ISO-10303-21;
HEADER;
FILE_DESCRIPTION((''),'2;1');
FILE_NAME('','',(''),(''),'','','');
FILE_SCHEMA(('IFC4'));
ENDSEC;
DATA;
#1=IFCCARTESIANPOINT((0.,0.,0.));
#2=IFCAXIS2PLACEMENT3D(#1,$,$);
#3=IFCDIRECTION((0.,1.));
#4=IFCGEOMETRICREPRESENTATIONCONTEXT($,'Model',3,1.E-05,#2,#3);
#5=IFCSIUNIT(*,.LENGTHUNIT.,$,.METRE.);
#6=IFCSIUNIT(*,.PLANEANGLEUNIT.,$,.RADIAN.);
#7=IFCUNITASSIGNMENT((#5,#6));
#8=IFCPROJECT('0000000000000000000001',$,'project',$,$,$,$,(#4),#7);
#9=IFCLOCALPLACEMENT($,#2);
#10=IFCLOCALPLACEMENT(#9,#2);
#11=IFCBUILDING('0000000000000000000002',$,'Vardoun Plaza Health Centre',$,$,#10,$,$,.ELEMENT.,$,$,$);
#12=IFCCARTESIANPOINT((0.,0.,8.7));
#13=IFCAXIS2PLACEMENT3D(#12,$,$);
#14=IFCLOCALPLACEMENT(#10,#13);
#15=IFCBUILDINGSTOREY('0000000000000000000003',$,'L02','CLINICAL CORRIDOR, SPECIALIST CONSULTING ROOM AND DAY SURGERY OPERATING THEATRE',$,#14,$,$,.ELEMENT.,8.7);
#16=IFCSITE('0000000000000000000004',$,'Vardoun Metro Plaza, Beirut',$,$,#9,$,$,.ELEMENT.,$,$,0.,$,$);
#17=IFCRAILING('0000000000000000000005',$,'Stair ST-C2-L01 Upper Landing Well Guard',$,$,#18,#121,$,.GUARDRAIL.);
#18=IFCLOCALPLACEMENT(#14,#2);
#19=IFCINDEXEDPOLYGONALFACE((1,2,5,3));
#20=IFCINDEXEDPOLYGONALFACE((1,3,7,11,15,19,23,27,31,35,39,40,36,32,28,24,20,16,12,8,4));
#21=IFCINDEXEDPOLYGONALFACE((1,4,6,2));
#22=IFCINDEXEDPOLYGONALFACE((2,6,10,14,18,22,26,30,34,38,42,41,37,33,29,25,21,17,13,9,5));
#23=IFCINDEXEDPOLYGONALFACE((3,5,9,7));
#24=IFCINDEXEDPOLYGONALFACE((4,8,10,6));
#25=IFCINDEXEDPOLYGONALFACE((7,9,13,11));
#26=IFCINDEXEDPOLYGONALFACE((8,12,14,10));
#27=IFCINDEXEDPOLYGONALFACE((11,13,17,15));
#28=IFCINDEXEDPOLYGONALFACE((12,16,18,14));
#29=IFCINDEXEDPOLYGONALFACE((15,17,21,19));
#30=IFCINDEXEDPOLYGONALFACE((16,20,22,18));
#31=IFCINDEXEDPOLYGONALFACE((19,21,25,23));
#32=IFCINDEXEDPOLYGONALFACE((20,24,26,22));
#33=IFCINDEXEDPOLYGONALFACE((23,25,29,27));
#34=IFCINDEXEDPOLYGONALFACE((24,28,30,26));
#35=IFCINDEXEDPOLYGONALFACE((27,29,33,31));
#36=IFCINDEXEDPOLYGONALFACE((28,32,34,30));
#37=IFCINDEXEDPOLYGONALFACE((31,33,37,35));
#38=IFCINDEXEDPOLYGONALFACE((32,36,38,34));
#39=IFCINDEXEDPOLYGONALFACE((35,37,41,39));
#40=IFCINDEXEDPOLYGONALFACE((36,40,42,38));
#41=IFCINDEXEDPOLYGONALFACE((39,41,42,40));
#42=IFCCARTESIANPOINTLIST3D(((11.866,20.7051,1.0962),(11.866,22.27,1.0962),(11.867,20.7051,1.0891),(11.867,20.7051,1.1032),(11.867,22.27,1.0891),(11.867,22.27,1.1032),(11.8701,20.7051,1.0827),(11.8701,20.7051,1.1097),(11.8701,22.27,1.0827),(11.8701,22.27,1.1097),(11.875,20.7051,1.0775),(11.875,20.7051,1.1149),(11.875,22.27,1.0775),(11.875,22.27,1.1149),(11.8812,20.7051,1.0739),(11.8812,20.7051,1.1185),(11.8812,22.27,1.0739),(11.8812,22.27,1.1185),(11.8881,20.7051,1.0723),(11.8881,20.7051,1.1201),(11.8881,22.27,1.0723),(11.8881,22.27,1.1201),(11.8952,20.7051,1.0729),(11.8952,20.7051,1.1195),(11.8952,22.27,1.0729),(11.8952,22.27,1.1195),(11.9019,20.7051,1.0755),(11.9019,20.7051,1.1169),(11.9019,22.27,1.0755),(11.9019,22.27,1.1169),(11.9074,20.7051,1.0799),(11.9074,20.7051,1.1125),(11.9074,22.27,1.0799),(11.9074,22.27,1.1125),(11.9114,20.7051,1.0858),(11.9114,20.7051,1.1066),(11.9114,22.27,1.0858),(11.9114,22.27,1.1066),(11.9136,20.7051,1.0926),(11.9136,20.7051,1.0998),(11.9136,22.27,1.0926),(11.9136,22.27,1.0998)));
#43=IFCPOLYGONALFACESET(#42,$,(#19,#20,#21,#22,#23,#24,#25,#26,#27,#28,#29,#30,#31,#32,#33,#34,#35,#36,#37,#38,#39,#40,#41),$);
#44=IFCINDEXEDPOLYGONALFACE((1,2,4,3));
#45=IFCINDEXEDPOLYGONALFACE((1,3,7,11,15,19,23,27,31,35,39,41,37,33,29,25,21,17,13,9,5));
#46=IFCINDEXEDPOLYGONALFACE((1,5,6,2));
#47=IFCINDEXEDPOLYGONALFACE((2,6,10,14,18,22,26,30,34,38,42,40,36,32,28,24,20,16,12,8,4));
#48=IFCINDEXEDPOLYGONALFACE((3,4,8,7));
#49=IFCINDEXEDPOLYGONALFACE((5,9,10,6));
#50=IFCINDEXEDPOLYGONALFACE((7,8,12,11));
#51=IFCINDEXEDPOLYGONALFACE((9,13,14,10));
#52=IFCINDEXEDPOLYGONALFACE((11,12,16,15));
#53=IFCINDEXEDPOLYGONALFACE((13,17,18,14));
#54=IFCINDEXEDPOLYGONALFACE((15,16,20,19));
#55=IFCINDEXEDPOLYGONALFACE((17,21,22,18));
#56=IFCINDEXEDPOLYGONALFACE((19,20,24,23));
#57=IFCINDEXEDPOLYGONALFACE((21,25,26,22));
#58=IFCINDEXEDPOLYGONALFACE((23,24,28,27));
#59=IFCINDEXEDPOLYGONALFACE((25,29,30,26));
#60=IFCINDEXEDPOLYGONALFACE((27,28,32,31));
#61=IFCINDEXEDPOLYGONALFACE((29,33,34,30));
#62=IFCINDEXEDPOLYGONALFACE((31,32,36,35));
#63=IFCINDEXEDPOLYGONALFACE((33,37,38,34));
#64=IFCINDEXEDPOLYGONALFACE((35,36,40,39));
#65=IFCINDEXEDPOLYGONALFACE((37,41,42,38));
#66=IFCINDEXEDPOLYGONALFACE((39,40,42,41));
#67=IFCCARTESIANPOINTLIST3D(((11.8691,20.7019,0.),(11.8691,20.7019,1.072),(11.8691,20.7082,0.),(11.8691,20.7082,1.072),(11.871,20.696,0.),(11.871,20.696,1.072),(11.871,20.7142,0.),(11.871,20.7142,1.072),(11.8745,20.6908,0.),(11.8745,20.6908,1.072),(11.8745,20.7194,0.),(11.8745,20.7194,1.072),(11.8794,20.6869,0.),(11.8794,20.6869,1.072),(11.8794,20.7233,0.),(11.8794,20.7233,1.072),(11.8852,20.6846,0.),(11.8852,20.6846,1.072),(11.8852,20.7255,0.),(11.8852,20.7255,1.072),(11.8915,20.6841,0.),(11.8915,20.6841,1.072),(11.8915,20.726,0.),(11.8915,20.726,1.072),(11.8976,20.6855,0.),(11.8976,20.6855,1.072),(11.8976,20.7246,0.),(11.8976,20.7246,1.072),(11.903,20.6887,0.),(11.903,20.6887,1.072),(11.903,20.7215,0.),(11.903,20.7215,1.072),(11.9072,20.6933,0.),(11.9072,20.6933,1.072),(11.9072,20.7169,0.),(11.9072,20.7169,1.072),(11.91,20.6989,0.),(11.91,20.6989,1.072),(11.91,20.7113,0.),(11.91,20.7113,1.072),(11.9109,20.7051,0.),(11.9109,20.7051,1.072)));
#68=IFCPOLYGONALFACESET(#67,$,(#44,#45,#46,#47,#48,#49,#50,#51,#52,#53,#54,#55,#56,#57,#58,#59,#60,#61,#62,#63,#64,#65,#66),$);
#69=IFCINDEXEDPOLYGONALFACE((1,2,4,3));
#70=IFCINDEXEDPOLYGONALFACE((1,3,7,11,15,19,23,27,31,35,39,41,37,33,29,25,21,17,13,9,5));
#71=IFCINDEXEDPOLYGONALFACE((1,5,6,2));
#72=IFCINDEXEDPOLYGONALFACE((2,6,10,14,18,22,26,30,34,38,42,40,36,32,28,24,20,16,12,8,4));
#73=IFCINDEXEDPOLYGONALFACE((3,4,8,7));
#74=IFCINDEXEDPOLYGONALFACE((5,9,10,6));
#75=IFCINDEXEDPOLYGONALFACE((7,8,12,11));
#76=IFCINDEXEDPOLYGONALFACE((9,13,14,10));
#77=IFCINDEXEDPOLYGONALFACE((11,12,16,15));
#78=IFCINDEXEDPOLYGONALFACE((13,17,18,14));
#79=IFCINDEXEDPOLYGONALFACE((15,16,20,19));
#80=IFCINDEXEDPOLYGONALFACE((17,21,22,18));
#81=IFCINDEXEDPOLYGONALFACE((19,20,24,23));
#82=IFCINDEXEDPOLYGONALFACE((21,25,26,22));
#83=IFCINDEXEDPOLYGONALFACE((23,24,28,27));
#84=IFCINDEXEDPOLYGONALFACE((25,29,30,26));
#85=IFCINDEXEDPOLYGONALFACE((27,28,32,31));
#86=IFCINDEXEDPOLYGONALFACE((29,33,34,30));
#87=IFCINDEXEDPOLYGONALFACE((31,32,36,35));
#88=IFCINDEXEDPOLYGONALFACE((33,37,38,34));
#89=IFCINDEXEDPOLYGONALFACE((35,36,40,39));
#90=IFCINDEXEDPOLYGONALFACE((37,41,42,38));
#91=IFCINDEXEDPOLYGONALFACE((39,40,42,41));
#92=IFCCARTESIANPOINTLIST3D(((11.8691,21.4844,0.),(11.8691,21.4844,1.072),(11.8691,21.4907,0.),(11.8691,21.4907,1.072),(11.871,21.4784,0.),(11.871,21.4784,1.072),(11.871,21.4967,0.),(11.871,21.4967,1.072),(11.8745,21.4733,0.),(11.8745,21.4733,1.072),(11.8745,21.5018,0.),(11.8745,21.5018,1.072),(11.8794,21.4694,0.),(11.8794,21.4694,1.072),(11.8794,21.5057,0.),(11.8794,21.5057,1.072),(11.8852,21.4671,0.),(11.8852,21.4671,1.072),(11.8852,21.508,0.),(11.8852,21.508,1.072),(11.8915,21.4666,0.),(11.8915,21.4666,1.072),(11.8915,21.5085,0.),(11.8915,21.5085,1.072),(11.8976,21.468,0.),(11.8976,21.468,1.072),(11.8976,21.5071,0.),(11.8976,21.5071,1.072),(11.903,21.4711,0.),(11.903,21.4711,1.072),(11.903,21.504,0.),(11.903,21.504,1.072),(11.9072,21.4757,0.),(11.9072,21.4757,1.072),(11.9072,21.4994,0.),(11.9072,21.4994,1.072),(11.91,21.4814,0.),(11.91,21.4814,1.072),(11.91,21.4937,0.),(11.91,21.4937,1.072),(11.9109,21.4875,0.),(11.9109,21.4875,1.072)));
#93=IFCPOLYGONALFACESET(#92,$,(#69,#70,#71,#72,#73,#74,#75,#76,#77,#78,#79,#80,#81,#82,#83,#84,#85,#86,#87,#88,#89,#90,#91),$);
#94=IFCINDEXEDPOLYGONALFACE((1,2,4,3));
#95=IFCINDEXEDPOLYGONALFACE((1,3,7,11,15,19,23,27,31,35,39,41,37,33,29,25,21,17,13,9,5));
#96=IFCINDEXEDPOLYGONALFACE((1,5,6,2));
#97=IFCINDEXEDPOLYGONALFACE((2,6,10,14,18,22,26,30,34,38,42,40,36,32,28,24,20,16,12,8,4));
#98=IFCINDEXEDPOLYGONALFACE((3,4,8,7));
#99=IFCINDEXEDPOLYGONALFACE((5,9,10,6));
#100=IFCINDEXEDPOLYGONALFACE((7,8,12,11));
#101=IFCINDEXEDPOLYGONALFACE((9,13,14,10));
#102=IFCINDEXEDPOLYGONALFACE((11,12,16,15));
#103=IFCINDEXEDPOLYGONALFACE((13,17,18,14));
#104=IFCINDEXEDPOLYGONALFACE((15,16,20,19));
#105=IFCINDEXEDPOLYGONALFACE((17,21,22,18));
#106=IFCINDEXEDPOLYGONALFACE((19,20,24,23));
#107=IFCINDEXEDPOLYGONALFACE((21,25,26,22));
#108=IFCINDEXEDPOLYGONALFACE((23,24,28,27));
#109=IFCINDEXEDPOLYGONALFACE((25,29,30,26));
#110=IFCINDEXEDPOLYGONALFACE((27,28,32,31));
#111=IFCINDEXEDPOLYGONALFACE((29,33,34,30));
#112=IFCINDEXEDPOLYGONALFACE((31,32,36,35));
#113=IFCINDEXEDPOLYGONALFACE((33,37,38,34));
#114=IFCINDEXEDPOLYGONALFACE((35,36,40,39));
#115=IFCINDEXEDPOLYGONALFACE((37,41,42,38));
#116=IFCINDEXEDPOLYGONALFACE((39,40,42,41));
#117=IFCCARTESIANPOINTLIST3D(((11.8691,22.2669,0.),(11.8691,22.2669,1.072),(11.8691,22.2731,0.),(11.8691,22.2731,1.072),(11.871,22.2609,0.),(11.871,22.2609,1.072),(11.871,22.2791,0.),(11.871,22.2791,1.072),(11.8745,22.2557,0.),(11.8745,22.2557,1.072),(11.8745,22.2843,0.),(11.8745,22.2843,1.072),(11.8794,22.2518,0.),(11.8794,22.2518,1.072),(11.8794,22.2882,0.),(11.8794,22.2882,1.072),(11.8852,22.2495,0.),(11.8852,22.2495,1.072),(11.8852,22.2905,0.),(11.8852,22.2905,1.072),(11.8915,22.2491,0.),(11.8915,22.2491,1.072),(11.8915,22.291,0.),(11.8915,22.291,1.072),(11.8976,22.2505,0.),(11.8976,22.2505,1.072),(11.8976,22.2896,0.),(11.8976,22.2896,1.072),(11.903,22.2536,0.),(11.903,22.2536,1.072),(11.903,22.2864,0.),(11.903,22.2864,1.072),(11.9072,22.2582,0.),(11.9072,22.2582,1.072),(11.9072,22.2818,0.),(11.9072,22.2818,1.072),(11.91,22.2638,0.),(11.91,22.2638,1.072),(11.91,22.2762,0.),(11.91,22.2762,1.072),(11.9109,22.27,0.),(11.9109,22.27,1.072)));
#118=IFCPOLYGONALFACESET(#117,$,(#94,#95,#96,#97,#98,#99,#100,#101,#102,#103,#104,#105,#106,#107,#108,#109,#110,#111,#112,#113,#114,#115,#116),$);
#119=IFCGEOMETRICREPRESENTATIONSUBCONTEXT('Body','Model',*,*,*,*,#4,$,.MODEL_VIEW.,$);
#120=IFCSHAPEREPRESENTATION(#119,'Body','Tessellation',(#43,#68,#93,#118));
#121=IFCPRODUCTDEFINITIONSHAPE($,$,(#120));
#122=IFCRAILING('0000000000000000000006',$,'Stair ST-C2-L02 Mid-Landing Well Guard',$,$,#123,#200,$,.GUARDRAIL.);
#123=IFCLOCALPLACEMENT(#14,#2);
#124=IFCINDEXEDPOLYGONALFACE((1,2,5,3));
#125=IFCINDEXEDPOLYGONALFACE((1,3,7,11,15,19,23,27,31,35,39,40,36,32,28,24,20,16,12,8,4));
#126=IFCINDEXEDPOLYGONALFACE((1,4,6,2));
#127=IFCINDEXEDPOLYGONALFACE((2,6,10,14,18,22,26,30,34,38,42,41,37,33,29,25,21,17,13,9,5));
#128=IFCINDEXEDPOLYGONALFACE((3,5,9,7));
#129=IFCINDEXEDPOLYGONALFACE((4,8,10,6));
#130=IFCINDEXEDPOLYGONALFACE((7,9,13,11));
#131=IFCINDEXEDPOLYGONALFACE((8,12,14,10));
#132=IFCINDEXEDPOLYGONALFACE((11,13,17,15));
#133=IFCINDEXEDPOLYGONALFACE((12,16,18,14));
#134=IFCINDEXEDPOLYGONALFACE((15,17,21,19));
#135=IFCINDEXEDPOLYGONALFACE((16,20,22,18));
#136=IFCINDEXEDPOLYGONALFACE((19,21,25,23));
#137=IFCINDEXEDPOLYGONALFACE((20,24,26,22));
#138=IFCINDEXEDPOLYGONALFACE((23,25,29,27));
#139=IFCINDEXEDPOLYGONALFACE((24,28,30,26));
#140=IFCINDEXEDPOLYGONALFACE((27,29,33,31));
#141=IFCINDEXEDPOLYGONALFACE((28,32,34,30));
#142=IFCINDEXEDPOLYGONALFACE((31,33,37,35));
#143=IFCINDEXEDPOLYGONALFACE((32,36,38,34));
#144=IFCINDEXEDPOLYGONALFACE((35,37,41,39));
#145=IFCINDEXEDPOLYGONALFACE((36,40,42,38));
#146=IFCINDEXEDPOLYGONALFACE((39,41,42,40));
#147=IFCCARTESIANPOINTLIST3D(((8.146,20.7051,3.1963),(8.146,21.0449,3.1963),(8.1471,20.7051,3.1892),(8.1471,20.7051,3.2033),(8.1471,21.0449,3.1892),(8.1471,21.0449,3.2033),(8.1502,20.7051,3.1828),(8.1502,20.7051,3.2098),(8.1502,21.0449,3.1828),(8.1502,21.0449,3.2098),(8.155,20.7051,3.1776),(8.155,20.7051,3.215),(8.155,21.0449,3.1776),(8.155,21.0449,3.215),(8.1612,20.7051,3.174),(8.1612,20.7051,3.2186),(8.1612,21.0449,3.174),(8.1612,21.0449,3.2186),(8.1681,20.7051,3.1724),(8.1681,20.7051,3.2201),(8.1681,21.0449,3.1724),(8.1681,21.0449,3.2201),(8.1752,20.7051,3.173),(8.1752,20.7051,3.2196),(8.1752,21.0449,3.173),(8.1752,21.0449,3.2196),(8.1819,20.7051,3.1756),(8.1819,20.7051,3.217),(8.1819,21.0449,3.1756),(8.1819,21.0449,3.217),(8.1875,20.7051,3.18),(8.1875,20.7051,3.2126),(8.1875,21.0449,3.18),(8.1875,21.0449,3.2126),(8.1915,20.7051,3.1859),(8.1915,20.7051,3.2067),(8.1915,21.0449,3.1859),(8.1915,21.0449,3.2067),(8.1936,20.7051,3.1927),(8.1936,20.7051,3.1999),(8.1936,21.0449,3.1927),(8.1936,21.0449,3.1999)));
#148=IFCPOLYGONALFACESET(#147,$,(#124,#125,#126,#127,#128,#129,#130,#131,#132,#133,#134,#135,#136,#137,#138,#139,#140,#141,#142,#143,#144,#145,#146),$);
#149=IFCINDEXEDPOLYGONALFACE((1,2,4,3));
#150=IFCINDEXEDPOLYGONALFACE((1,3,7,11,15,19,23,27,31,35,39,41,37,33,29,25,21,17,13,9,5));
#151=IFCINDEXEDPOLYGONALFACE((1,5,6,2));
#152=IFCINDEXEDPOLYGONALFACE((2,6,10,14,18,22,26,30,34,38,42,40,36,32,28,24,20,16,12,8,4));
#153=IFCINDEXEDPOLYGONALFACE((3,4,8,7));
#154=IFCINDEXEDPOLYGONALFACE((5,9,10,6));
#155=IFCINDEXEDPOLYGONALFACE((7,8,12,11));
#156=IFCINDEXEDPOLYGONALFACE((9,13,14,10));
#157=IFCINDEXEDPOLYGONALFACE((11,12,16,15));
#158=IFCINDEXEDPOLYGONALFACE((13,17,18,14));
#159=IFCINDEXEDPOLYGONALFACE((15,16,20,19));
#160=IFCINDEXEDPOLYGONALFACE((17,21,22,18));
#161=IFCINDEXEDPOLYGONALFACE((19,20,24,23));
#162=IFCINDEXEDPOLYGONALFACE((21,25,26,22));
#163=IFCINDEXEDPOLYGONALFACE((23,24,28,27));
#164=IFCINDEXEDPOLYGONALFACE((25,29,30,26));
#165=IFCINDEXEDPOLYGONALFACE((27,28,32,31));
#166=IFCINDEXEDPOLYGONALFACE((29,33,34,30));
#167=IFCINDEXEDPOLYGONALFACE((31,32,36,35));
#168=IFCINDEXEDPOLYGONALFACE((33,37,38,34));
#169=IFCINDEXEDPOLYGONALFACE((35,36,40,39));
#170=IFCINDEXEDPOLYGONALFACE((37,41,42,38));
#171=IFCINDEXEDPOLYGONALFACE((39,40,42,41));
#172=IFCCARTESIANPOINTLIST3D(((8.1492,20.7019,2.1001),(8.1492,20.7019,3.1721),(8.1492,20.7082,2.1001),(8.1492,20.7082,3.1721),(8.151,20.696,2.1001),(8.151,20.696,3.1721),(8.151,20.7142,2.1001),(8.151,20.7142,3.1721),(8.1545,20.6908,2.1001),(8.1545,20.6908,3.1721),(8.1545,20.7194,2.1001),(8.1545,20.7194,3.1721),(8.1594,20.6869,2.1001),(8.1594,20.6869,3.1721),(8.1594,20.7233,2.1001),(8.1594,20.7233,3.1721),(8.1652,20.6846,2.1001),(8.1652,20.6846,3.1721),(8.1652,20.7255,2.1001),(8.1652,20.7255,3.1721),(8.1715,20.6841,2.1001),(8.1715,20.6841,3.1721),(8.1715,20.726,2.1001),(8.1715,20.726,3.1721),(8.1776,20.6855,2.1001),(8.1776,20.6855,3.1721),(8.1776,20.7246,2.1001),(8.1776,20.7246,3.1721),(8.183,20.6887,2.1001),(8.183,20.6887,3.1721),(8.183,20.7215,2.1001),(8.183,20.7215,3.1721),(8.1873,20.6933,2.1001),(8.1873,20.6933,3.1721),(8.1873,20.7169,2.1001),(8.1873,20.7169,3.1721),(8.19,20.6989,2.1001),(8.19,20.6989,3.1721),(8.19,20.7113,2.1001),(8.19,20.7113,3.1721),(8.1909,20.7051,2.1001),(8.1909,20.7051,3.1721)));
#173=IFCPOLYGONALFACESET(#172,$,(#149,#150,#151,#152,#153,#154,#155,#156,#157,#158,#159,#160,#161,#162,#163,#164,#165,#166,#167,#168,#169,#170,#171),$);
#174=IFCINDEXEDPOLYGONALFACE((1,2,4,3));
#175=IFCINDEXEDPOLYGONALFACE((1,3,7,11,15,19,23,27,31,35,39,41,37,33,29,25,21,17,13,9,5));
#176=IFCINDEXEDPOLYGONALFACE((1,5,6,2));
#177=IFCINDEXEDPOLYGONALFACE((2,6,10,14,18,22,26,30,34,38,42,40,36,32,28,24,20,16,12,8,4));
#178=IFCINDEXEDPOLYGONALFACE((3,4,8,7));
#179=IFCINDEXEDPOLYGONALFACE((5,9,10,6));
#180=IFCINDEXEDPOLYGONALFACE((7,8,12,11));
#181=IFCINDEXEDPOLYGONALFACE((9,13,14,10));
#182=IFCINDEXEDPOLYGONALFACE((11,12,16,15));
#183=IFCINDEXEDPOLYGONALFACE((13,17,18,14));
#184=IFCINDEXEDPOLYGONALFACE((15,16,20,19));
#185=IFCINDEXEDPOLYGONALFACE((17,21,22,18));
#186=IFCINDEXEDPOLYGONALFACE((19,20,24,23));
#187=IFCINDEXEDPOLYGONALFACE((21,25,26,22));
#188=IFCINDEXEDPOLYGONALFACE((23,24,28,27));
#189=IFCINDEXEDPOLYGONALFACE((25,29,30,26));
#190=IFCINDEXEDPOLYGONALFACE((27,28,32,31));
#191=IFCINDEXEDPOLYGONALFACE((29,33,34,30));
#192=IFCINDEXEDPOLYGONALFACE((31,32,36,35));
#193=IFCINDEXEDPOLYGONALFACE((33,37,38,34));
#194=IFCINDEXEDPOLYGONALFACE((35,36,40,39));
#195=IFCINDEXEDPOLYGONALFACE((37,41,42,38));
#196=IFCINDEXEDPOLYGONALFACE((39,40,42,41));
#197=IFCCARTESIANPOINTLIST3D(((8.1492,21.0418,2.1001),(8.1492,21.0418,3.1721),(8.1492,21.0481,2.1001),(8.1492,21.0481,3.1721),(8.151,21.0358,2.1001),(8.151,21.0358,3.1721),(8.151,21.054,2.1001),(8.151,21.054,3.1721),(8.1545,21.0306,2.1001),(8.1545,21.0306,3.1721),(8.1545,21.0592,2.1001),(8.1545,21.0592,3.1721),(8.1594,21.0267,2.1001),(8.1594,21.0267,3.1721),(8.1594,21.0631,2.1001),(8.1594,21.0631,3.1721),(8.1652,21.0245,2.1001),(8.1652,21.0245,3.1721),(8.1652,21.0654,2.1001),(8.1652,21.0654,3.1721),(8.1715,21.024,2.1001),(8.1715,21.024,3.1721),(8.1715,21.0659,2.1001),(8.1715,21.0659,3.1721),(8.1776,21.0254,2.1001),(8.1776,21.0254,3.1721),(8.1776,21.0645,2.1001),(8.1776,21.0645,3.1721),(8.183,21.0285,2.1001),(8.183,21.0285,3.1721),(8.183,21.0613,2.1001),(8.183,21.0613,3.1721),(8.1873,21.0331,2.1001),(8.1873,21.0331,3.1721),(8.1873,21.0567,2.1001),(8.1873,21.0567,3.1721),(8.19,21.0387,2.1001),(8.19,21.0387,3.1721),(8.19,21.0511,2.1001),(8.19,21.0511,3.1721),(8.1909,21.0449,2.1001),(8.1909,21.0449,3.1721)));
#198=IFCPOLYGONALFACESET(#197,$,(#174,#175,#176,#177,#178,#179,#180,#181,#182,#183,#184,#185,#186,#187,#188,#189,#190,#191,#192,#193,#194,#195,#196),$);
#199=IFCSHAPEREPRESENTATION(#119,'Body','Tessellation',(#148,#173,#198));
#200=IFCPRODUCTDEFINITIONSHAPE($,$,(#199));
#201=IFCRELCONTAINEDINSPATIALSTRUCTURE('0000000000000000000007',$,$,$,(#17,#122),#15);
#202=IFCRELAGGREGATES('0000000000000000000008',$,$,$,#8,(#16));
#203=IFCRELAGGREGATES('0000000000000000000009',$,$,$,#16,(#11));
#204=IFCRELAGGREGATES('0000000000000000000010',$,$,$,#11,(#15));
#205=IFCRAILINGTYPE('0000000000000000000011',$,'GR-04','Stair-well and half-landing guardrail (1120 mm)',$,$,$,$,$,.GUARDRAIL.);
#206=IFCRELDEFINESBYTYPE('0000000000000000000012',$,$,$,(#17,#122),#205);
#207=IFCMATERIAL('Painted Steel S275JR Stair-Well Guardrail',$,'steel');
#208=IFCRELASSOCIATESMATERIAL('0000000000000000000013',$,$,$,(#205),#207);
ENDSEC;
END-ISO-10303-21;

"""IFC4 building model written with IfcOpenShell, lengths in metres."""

from ifc_helpers import new_model, si_unit, direction, frame, origin, origin_2d, place, context, subcontext, project, spatial, circle, extrude, material, type_object, element, save


model = new_model("IFC4")

# Units and contexts
model_context = context("Model", 3, precision=1e-05, world=origin(), true_north=direction((0.0, 1.0)))
body_context = subcontext(model_context, "Body", "Model", "MODEL_VIEW")
ifc_project = project(units=[si_unit("LENGTHUNIT", "METRE"), si_unit("PLANEANGLEUNIT", "RADIAN")], contexts=[model_context])

# Site, building, storey
site_placement = place(None, origin())
site = spatial("IfcSite", under=ifc_project, at=site_placement, Name="Vardoun Metro Plaza, Beirut", CompositionType="ELEMENT", RefElevation=0.0)
building_placement = place(site_placement, origin())
building = spatial("IfcBuilding", under=site, at=building_placement, Name="Vardoun Plaza Health Centre", CompositionType="ELEMENT")
storey_placement = place(building_placement, frame((0.0, 0.0, 8.7)))
storey = spatial("IfcBuildingStorey", under=building, at=storey_placement, Name="L02", Description="CLINICAL CORRIDOR, SPECIALIST CONSULTING ROOM AND DAY SURGERY OPERATING THEATRE", CompositionType="ELEMENT", Elevation=8.7)

# Railings
ifc_material_1 = material(Name="Painted Steel S275JR Stair-Well Guardrail", Category="steel")
railing_type_1 = type_object("IfcRailingType", Name="GR-04", Description="Stair-well and half-landing guardrail (1120 mm)", PredefinedType="GUARDRAIL", material=ifc_material_1)
railing_1_placement = place(storey_placement, frame((11.8899, 20.7051, 0.0)))
element("IfcRailing", 1, at=railing_1_placement, inside=storey, type_object=railing_type_1, Name="Stair ST-C2-L01 Upper Landing Well Guard", PredefinedType="GUARDRAIL", context=body_context, shape_type="SweptSolid", body=[
    extrude(circle(Radius=0.0239, at=origin_2d()), frame((0.0, 0.0, 1.0962), z_axis=(0.0, 1.0, 0.0), x_axis=(-1.0, 0.0, 0.0)), (0.0, 0.0, 1.0), 1.5649),
    extrude(circle(Radius=0.021, at=origin_2d()), origin(), (0.0, 0.0, 1.0), 1.072),
    extrude(circle(Radius=0.021, at=origin_2d()), frame((0.0, 0.7825, 0.0)), (0.0, 0.0, 1.0), 1.072),
    extrude(circle(Radius=0.021, at=origin_2d()), frame((0.0, 1.5649, 0.0)), (0.0, 0.0, 1.0), 1.072),
])
railing_2_placement = place(storey_placement, frame((8.1699, 20.7051, 2.1001)))
element("IfcRailing", 2, at=railing_2_placement, inside=storey, type_object=railing_type_1, Name="Stair ST-C2-L02 Mid-Landing Well Guard", PredefinedType="GUARDRAIL", context=body_context, shape_type="SweptSolid", body=[
    extrude(circle(Radius=0.0239, at=origin_2d()), frame((0.0, 0.0, 1.0962), z_axis=(0.0, 1.0, 0.0), x_axis=(-1.0, 0.0, 0.0)), (0.0, 0.0, 1.0), 0.3398),
    extrude(circle(Radius=0.021, at=origin_2d()), origin(), (0.0, 0.0, 1.0), 1.072),
    extrude(circle(Radius=0.021, at=origin_2d()), frame((0.0, 0.3398, 0.0)), (0.0, 0.0, 1.0), 1.072),
])

save(model, "model.ifc")
